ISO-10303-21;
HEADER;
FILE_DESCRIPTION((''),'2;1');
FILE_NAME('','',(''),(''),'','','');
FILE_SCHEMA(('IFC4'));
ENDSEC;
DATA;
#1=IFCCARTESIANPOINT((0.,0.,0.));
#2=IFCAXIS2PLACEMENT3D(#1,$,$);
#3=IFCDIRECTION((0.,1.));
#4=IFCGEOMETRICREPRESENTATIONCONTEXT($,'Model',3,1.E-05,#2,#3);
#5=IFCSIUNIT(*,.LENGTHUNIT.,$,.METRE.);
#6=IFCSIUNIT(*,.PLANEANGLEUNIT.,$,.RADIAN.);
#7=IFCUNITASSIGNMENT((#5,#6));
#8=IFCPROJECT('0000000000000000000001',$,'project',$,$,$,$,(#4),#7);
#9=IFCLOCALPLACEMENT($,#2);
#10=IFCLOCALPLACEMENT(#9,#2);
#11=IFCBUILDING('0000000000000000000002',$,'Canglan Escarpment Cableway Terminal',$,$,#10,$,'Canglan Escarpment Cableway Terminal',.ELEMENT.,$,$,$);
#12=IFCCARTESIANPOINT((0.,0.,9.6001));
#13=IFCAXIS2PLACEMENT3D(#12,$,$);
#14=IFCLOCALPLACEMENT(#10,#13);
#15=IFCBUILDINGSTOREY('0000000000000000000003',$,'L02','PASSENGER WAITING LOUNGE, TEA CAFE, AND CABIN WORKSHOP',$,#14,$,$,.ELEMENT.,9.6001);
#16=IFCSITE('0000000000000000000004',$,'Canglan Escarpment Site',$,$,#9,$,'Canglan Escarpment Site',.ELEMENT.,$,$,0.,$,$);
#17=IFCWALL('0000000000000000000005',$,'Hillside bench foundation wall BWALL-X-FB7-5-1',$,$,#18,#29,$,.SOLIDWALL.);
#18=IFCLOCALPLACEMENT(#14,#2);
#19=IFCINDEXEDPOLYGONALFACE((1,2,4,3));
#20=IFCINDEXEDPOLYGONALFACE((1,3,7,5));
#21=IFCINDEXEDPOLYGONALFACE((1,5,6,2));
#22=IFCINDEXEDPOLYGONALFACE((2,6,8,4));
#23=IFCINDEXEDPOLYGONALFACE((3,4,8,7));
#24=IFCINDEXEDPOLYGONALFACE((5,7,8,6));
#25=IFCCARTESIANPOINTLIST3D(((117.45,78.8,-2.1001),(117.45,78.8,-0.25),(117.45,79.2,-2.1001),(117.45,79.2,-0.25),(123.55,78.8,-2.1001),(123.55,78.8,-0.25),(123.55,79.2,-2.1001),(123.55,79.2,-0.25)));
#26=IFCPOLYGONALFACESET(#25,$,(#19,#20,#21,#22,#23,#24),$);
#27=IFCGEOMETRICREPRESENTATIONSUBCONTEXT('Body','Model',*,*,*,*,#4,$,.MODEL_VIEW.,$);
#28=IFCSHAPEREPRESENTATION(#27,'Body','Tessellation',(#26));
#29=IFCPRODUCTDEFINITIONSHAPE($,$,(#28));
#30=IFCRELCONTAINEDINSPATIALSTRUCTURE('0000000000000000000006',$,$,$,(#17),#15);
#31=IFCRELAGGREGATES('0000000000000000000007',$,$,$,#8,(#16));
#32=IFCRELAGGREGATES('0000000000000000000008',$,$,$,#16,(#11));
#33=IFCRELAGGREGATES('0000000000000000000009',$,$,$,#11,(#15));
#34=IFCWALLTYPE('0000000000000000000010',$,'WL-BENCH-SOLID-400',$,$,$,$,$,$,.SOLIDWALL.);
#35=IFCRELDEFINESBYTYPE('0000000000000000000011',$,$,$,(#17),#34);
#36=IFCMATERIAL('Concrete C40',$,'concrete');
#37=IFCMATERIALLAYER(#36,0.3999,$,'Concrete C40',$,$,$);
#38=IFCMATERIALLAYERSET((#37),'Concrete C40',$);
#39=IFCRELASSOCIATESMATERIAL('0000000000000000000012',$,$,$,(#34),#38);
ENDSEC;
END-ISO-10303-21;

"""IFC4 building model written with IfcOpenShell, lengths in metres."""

from ifc_helpers import new_model, si_unit, direction, frame, frame_2d, origin, place, context, subcontext, project, spatial, rectangle, extrude, material, layer, layer_set, type_object, element, save


model = new_model("IFC4")

# Units and contexts
model_context = context("Model", 3, precision=1e-05, world=origin(), true_north=direction((0.0, 1.0)))
body_context = subcontext(model_context, "Body", "Model", "MODEL_VIEW")
ifc_project = project(units=[si_unit("LENGTHUNIT", "METRE"), si_unit("PLANEANGLEUNIT", "RADIAN")], contexts=[model_context])

# Site, building, storey
site_placement = place(None, origin())
site = spatial("IfcSite", under=ifc_project, at=site_placement, Name="Canglan Escarpment Site", LongName="Canglan Escarpment Site", CompositionType="ELEMENT", RefElevation=0.0)
building_placement = place(site_placement, origin())
building = spatial("IfcBuilding", under=site, at=building_placement, Name="Canglan Escarpment Cableway Terminal", LongName="Canglan Escarpment Cableway Terminal", CompositionType="ELEMENT")
storey_placement = place(building_placement, frame((0.0, 0.0, 9.6001)))
storey = spatial("IfcBuildingStorey", under=building, at=storey_placement, Name="L02", Description="PASSENGER WAITING LOUNGE, TEA CAFE, AND CABIN WORKSHOP", CompositionType="ELEMENT", Elevation=9.6001)

# Shared definitions
ifc_material_1 = material(Name="Concrete C40", Category="concrete")

# Wall
ifc_layer_1 = layer(ifc_material_1, 0.3999, Name="Concrete C40")
ifc_layer_set_1 = layer_set([ifc_layer_1], Name="Concrete C40")
wall_type = type_object("IfcWallType", Name="WL-BENCH-SOLID-400", PredefinedType="SOLIDWALL", material=ifc_layer_set_1)
wall_placement = place(storey_placement, frame((117.45, 79.0, -2.1001), z_axis=(0.0, 0.0, 1.0), x_axis=(1.0, 0.0, 0.0)))
element("IfcWall", 1, at=wall_placement, inside=storey, type_object=wall_type, Name="Hillside bench foundation wall BWALL-X-FB7-5-1", PredefinedType="SOLIDWALL", context=body_context, shape_type="SweptSolid", body=[
    extrude(rectangle(XDim=6.1001, YDim=0.3999, at=frame_2d((3.05, 0.0))), origin(), (0.0, 0.0, 1.0), 1.8501),
])

save(model, "model.ifc")
